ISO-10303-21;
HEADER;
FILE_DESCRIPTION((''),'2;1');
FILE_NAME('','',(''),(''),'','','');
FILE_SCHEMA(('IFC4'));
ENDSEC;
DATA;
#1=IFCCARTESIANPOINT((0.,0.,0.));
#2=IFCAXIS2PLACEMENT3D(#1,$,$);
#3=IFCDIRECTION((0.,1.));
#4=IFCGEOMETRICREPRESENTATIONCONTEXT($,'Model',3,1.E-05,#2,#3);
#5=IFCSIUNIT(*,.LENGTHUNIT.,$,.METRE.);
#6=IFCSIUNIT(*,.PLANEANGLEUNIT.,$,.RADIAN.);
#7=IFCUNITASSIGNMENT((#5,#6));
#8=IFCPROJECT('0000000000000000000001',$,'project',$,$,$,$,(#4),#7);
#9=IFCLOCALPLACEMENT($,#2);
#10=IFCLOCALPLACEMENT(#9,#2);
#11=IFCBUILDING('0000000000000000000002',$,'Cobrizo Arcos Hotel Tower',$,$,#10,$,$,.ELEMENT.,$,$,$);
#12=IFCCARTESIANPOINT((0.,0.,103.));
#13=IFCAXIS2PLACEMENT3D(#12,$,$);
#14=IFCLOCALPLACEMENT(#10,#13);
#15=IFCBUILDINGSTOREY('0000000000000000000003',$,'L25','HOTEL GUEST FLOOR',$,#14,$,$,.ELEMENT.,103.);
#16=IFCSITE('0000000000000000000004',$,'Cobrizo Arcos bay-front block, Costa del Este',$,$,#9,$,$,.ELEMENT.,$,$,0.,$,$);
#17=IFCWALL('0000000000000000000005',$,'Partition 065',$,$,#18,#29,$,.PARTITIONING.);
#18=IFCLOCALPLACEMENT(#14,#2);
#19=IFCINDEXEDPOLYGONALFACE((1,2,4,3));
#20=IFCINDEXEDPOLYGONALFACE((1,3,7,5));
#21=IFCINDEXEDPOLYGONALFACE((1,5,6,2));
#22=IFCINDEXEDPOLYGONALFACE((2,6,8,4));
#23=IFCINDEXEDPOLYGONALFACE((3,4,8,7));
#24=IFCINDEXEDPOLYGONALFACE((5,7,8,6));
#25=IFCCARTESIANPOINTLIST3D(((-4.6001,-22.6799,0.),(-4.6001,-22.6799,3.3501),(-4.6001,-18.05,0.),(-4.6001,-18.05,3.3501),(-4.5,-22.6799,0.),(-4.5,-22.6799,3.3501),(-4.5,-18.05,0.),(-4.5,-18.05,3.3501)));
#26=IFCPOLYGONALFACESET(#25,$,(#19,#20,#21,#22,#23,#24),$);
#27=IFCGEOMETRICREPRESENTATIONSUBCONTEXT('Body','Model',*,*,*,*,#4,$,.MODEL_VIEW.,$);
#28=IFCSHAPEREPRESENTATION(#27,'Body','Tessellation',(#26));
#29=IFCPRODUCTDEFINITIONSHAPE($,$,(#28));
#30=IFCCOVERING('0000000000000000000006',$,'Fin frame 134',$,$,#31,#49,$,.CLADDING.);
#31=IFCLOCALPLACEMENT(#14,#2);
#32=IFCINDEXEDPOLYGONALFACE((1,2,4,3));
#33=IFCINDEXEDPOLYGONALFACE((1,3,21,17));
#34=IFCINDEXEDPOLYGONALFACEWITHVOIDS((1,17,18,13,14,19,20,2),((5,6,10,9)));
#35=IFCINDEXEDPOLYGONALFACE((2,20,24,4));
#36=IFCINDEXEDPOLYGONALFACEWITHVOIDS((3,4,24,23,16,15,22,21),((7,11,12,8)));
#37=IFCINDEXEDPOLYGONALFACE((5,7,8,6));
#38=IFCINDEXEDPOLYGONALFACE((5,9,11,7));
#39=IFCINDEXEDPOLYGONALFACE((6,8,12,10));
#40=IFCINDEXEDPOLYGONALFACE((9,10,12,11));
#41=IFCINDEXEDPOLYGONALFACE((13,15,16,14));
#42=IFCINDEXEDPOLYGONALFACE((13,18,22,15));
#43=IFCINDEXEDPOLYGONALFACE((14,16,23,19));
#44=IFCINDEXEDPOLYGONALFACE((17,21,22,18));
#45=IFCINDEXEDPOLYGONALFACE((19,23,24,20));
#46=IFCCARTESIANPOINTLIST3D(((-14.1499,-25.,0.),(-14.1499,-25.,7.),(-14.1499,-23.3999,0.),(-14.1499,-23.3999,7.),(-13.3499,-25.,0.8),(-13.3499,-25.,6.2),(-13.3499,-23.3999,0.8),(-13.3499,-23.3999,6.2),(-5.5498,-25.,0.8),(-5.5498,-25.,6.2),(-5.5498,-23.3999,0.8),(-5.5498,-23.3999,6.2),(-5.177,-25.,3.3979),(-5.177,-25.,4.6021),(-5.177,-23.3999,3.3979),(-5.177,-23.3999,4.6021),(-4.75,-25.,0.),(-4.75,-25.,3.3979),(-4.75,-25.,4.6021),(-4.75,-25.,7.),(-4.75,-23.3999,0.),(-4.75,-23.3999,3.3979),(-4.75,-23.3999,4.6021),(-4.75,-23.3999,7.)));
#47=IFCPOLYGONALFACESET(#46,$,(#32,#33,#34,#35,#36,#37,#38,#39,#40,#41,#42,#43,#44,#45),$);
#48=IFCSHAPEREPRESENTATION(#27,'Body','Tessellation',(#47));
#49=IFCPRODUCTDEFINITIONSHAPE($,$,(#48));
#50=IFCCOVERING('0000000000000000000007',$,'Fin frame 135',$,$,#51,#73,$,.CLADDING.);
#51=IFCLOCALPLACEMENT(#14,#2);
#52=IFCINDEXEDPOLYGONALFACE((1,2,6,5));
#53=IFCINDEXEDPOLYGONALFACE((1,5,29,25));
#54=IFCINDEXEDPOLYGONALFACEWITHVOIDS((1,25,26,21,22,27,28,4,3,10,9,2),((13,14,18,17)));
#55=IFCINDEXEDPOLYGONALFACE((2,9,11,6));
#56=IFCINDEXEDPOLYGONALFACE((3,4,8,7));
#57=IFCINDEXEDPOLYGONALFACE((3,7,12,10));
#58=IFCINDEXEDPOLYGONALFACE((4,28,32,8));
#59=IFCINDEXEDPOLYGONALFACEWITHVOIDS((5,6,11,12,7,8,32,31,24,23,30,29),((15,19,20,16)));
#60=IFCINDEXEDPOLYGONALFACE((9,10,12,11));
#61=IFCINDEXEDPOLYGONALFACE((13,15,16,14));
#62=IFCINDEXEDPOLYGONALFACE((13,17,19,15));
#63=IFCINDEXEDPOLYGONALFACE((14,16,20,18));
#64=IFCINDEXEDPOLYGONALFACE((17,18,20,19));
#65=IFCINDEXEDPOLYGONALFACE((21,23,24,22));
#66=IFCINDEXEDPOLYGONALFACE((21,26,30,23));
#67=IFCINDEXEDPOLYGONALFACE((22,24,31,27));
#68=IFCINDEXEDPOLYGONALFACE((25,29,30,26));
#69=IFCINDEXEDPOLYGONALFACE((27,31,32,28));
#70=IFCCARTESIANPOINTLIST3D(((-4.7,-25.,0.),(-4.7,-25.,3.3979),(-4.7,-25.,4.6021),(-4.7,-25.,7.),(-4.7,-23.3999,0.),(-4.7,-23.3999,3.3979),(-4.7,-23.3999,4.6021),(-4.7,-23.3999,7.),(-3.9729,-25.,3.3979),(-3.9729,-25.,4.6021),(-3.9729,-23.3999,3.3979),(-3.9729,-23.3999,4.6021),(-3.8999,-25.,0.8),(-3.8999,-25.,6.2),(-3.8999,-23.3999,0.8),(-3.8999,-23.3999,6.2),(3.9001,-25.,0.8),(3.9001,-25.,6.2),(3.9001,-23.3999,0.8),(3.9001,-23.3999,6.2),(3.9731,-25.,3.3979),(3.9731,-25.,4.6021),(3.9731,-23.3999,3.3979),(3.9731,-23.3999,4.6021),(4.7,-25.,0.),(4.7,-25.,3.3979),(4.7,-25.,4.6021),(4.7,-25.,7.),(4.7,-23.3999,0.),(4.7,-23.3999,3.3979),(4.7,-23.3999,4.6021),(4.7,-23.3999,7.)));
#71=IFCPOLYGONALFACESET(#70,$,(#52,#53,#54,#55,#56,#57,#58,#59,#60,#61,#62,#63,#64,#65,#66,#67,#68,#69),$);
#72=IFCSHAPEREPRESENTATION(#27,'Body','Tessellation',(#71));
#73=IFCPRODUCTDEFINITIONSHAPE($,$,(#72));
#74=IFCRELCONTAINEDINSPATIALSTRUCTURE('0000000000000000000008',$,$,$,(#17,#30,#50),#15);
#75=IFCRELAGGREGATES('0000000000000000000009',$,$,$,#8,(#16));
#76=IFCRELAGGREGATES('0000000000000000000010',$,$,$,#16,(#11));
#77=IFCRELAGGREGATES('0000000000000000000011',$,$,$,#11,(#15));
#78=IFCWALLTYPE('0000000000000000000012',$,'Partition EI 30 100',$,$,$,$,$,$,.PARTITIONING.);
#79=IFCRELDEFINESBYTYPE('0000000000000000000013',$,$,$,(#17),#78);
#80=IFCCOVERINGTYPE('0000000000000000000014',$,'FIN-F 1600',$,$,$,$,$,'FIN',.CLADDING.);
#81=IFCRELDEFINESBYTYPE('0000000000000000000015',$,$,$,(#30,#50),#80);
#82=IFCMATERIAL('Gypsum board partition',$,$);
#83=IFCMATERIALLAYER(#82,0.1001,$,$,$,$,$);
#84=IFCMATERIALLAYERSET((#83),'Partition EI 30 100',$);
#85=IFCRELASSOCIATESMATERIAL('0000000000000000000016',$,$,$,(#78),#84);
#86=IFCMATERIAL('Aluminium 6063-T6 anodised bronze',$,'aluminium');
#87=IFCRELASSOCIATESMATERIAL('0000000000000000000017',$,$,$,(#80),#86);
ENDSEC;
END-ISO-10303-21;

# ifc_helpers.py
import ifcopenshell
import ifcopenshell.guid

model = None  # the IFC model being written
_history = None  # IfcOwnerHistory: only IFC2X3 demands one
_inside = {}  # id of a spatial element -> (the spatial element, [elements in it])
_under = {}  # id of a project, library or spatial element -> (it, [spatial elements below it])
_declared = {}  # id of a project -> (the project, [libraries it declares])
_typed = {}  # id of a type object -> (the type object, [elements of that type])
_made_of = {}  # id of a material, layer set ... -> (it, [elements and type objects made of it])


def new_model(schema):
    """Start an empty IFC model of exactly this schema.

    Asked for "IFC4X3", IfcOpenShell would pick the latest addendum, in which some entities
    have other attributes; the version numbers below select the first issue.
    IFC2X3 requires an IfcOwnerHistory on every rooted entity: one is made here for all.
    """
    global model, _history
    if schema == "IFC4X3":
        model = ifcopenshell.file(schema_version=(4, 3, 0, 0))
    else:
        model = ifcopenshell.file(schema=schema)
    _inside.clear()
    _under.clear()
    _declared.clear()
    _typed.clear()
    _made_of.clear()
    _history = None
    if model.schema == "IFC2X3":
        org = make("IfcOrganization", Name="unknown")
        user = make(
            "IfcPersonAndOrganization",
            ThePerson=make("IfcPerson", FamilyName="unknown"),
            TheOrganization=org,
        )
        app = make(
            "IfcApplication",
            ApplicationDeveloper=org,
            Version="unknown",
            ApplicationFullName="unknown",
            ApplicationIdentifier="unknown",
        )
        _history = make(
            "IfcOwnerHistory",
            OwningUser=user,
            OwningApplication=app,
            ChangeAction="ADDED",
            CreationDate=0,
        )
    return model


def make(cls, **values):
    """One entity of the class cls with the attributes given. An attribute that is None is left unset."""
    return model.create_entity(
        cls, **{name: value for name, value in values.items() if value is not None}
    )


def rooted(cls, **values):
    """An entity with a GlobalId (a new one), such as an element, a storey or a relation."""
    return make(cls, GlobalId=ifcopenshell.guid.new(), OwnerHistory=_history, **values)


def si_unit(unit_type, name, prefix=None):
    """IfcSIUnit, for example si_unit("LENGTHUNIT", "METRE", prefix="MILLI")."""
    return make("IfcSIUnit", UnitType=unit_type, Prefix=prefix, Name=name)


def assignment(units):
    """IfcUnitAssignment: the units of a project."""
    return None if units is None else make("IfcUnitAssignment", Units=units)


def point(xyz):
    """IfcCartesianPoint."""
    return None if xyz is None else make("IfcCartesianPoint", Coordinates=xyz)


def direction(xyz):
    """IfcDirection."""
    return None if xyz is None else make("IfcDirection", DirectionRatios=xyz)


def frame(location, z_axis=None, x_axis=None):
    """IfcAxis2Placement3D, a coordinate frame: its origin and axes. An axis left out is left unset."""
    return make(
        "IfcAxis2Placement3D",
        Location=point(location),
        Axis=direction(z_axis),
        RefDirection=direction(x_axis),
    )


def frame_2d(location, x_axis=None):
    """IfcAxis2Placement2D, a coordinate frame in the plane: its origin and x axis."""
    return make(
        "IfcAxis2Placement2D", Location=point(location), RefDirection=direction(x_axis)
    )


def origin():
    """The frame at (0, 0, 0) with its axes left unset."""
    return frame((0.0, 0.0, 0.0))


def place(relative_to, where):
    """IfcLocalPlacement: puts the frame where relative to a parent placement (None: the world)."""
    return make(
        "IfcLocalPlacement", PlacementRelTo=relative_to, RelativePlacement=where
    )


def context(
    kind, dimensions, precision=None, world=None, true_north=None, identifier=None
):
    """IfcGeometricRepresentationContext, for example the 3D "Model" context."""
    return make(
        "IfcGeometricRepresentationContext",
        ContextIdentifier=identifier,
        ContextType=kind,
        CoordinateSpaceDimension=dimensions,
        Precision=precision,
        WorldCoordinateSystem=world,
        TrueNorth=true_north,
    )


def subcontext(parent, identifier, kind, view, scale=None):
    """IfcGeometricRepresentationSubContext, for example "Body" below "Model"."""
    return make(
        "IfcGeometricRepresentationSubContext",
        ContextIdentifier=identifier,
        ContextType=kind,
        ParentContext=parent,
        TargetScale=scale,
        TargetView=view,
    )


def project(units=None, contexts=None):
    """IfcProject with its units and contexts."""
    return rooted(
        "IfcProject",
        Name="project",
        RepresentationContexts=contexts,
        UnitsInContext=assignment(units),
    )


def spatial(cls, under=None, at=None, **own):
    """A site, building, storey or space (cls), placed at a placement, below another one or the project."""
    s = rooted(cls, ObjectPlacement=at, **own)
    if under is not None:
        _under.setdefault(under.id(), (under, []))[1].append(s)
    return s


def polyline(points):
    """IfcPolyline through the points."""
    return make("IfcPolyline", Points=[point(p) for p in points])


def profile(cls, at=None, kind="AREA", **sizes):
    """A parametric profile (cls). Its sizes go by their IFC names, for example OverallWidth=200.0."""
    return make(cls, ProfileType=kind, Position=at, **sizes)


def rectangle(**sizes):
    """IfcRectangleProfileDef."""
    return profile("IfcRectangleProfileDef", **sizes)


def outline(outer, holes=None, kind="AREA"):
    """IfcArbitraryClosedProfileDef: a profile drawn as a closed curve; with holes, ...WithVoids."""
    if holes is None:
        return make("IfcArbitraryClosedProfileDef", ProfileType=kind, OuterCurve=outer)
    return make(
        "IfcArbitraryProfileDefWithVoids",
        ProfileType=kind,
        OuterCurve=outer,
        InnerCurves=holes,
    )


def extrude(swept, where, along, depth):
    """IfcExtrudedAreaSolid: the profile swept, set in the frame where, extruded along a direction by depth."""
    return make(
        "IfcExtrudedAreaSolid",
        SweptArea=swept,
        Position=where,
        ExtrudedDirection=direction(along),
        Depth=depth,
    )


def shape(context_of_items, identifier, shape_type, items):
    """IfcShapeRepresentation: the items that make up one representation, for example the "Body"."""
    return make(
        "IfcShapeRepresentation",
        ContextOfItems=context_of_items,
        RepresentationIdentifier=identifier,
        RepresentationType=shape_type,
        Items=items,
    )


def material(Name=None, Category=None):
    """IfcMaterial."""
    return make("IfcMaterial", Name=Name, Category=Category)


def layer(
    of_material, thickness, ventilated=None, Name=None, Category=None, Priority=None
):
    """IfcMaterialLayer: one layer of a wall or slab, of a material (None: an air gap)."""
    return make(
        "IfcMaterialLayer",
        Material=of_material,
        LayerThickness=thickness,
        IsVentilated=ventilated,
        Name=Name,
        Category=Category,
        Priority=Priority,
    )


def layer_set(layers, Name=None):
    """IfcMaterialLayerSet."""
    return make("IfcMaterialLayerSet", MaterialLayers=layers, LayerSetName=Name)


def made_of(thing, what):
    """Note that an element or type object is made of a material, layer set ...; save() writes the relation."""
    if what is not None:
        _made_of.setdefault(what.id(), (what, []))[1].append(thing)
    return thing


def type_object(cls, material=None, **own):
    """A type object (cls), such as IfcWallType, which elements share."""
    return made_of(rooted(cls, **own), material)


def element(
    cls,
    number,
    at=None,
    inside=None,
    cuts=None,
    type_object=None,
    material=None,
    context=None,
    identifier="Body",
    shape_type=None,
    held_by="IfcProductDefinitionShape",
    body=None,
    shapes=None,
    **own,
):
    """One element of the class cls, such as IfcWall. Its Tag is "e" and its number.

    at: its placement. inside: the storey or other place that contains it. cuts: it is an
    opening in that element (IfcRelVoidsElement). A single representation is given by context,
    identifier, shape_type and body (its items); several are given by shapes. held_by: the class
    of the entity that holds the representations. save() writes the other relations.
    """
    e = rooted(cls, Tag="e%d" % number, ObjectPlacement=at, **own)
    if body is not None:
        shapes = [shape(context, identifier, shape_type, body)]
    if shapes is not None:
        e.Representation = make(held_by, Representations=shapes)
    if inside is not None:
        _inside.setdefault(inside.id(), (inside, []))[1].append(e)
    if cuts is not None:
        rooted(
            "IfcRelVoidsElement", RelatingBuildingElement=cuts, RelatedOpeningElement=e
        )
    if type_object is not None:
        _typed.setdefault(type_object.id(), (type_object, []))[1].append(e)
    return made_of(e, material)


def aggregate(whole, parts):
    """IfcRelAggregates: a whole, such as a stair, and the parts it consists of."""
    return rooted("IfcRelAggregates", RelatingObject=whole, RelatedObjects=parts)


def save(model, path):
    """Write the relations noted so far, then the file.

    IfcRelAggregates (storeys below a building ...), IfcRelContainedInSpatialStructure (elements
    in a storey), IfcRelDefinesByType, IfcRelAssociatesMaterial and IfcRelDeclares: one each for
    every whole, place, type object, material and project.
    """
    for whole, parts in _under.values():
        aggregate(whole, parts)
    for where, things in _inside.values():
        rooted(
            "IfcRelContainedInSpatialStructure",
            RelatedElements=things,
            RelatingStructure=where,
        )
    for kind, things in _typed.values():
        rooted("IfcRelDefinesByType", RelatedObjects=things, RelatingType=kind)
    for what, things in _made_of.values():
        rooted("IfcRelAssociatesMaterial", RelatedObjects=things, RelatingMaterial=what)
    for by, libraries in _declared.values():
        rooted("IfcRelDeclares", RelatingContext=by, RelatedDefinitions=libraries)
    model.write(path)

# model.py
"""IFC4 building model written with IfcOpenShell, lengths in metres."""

from ifc_helpers import new_model, si_unit, direction, frame, frame_2d, origin, place, context, subcontext, project, spatial, polyline, rectangle, outline, extrude, material, layer, layer_set, type_object, element, save


model = new_model("IFC4")

# Units and contexts
model_context = context("Model", 3, precision=1e-05, world=origin(), true_north=direction((0.0, 1.0)))
body_context = subcontext(model_context, "Body", "Model", "MODEL_VIEW")
ifc_project = project(units=[si_unit("LENGTHUNIT", "METRE"), si_unit("PLANEANGLEUNIT", "RADIAN")], contexts=[model_context])

# Site, building, storey
site_placement = place(None, origin())
site = spatial("IfcSite", under=ifc_project, at=site_placement, Name="Cobrizo Arcos bay-front block, Costa del Este", CompositionType="ELEMENT", RefElevation=0.0)
building_placement = place(site_placement, origin())
building = spatial("IfcBuilding", under=site, at=building_placement, Name="Cobrizo Arcos Hotel Tower", CompositionType="ELEMENT")
storey_placement = place(building_placement, frame((0.0, 0.0, 103.0)))
storey = spatial("IfcBuildingStorey", under=building, at=storey_placement, Name="L25", Description="HOTEL GUEST FLOOR", CompositionType="ELEMENT", Elevation=103.0)

# Shared definitions
ifc_material_1 = material(Name="Aluminium 6063-T6 anodised bronze", Category="aluminium")

# Shared definitions
ifc_material_2 = material(Name="Gypsum board partition")
ifc_layer_1 = layer(ifc_material_2, 0.1001)
ifc_layer_set_1 = layer_set([ifc_layer_1], Name="Partition EI 30 100")
wall_type = type_object("IfcWallType", Name="Partition EI 30 100", PredefinedType="PARTITIONING", material=ifc_layer_set_1)

# Wall
wall_1_placement = place(storey_placement, frame((-4.55, -22.6799, 0.0), z_axis=(0.0, 0.0, 1.0), x_axis=(0.0, 1.0, 0.0)))
element("IfcWall", 1, at=wall_1_placement, inside=storey, type_object=wall_type, Name="Partition 065", PredefinedType="PARTITIONING", context=body_context, shape_type="SweptSolid", body=[
    extrude(rectangle(XDim=4.6299, YDim=0.1001, at=frame_2d((2.3149, 0.0))), origin(), (0.0, 0.0, 1.0), 3.3501),
])

# Coverings
covering_type = type_object("IfcCoveringType", Name="FIN-F 1600", ElementType="FIN", PredefinedType="CLADDING", material=ifc_material_1)
covering_1_placement = place(storey_placement, frame((-14.1499, -23.3999, 0.0), z_axis=(0.0, -1.0, 0.0), x_axis=(1.0, 0.0, 0.0)))
element("IfcCovering", 2, at=covering_1_placement, inside=storey, type_object=covering_type, Name="Fin frame 134", PredefinedType="CLADDING", context=body_context, shape_type="SweptSolid", body=[
    extrude(outline(polyline([(9.3999, 0.0), (9.3999, 3.3979), (8.9729, 3.3979), (8.9729, 4.6021), (9.3999, 4.6021), (9.3999, 7.0), (0.0, 7.0), (0.0, 0.0), (9.3999, 0.0)]), holes=[polyline([(8.6001, 0.8), (0.8, 0.8), (0.8, 6.2), (8.6001, 6.2), (8.6001, 0.8)])]), origin(), (0.0, 0.0, 1.0), 1.6001),
])
covering_2_placement = place(storey_placement, frame((-4.7, -23.3999, 0.0), z_axis=(0.0, -1.0, 0.0), x_axis=(1.0, 0.0, 0.0)))
element("IfcCovering", 3, at=covering_2_placement, inside=storey, type_object=covering_type, Name="Fin frame 135", PredefinedType="CLADDING", context=body_context, shape_type="SweptSolid", body=[
    extrude(outline(polyline([(9.3999, 0.0), (9.3999, 3.3979), (8.6731, 3.3979), (8.6731, 4.6021), (9.3999, 4.6021), (9.3999, 7.0), (0.0, 7.0), (0.0, 4.6021), (0.7271, 4.6021), (0.7271, 3.3979), (0.0, 3.3979), (0.0, 0.0), (9.3999, 0.0)]), holes=[polyline([(8.6001, 0.8), (0.8, 0.8), (0.8, 6.2), (8.6001, 6.2), (8.6001, 0.8)])]), origin(), (0.0, 0.0, 1.0), 1.6001),
])

save(model, "model.ifc")
